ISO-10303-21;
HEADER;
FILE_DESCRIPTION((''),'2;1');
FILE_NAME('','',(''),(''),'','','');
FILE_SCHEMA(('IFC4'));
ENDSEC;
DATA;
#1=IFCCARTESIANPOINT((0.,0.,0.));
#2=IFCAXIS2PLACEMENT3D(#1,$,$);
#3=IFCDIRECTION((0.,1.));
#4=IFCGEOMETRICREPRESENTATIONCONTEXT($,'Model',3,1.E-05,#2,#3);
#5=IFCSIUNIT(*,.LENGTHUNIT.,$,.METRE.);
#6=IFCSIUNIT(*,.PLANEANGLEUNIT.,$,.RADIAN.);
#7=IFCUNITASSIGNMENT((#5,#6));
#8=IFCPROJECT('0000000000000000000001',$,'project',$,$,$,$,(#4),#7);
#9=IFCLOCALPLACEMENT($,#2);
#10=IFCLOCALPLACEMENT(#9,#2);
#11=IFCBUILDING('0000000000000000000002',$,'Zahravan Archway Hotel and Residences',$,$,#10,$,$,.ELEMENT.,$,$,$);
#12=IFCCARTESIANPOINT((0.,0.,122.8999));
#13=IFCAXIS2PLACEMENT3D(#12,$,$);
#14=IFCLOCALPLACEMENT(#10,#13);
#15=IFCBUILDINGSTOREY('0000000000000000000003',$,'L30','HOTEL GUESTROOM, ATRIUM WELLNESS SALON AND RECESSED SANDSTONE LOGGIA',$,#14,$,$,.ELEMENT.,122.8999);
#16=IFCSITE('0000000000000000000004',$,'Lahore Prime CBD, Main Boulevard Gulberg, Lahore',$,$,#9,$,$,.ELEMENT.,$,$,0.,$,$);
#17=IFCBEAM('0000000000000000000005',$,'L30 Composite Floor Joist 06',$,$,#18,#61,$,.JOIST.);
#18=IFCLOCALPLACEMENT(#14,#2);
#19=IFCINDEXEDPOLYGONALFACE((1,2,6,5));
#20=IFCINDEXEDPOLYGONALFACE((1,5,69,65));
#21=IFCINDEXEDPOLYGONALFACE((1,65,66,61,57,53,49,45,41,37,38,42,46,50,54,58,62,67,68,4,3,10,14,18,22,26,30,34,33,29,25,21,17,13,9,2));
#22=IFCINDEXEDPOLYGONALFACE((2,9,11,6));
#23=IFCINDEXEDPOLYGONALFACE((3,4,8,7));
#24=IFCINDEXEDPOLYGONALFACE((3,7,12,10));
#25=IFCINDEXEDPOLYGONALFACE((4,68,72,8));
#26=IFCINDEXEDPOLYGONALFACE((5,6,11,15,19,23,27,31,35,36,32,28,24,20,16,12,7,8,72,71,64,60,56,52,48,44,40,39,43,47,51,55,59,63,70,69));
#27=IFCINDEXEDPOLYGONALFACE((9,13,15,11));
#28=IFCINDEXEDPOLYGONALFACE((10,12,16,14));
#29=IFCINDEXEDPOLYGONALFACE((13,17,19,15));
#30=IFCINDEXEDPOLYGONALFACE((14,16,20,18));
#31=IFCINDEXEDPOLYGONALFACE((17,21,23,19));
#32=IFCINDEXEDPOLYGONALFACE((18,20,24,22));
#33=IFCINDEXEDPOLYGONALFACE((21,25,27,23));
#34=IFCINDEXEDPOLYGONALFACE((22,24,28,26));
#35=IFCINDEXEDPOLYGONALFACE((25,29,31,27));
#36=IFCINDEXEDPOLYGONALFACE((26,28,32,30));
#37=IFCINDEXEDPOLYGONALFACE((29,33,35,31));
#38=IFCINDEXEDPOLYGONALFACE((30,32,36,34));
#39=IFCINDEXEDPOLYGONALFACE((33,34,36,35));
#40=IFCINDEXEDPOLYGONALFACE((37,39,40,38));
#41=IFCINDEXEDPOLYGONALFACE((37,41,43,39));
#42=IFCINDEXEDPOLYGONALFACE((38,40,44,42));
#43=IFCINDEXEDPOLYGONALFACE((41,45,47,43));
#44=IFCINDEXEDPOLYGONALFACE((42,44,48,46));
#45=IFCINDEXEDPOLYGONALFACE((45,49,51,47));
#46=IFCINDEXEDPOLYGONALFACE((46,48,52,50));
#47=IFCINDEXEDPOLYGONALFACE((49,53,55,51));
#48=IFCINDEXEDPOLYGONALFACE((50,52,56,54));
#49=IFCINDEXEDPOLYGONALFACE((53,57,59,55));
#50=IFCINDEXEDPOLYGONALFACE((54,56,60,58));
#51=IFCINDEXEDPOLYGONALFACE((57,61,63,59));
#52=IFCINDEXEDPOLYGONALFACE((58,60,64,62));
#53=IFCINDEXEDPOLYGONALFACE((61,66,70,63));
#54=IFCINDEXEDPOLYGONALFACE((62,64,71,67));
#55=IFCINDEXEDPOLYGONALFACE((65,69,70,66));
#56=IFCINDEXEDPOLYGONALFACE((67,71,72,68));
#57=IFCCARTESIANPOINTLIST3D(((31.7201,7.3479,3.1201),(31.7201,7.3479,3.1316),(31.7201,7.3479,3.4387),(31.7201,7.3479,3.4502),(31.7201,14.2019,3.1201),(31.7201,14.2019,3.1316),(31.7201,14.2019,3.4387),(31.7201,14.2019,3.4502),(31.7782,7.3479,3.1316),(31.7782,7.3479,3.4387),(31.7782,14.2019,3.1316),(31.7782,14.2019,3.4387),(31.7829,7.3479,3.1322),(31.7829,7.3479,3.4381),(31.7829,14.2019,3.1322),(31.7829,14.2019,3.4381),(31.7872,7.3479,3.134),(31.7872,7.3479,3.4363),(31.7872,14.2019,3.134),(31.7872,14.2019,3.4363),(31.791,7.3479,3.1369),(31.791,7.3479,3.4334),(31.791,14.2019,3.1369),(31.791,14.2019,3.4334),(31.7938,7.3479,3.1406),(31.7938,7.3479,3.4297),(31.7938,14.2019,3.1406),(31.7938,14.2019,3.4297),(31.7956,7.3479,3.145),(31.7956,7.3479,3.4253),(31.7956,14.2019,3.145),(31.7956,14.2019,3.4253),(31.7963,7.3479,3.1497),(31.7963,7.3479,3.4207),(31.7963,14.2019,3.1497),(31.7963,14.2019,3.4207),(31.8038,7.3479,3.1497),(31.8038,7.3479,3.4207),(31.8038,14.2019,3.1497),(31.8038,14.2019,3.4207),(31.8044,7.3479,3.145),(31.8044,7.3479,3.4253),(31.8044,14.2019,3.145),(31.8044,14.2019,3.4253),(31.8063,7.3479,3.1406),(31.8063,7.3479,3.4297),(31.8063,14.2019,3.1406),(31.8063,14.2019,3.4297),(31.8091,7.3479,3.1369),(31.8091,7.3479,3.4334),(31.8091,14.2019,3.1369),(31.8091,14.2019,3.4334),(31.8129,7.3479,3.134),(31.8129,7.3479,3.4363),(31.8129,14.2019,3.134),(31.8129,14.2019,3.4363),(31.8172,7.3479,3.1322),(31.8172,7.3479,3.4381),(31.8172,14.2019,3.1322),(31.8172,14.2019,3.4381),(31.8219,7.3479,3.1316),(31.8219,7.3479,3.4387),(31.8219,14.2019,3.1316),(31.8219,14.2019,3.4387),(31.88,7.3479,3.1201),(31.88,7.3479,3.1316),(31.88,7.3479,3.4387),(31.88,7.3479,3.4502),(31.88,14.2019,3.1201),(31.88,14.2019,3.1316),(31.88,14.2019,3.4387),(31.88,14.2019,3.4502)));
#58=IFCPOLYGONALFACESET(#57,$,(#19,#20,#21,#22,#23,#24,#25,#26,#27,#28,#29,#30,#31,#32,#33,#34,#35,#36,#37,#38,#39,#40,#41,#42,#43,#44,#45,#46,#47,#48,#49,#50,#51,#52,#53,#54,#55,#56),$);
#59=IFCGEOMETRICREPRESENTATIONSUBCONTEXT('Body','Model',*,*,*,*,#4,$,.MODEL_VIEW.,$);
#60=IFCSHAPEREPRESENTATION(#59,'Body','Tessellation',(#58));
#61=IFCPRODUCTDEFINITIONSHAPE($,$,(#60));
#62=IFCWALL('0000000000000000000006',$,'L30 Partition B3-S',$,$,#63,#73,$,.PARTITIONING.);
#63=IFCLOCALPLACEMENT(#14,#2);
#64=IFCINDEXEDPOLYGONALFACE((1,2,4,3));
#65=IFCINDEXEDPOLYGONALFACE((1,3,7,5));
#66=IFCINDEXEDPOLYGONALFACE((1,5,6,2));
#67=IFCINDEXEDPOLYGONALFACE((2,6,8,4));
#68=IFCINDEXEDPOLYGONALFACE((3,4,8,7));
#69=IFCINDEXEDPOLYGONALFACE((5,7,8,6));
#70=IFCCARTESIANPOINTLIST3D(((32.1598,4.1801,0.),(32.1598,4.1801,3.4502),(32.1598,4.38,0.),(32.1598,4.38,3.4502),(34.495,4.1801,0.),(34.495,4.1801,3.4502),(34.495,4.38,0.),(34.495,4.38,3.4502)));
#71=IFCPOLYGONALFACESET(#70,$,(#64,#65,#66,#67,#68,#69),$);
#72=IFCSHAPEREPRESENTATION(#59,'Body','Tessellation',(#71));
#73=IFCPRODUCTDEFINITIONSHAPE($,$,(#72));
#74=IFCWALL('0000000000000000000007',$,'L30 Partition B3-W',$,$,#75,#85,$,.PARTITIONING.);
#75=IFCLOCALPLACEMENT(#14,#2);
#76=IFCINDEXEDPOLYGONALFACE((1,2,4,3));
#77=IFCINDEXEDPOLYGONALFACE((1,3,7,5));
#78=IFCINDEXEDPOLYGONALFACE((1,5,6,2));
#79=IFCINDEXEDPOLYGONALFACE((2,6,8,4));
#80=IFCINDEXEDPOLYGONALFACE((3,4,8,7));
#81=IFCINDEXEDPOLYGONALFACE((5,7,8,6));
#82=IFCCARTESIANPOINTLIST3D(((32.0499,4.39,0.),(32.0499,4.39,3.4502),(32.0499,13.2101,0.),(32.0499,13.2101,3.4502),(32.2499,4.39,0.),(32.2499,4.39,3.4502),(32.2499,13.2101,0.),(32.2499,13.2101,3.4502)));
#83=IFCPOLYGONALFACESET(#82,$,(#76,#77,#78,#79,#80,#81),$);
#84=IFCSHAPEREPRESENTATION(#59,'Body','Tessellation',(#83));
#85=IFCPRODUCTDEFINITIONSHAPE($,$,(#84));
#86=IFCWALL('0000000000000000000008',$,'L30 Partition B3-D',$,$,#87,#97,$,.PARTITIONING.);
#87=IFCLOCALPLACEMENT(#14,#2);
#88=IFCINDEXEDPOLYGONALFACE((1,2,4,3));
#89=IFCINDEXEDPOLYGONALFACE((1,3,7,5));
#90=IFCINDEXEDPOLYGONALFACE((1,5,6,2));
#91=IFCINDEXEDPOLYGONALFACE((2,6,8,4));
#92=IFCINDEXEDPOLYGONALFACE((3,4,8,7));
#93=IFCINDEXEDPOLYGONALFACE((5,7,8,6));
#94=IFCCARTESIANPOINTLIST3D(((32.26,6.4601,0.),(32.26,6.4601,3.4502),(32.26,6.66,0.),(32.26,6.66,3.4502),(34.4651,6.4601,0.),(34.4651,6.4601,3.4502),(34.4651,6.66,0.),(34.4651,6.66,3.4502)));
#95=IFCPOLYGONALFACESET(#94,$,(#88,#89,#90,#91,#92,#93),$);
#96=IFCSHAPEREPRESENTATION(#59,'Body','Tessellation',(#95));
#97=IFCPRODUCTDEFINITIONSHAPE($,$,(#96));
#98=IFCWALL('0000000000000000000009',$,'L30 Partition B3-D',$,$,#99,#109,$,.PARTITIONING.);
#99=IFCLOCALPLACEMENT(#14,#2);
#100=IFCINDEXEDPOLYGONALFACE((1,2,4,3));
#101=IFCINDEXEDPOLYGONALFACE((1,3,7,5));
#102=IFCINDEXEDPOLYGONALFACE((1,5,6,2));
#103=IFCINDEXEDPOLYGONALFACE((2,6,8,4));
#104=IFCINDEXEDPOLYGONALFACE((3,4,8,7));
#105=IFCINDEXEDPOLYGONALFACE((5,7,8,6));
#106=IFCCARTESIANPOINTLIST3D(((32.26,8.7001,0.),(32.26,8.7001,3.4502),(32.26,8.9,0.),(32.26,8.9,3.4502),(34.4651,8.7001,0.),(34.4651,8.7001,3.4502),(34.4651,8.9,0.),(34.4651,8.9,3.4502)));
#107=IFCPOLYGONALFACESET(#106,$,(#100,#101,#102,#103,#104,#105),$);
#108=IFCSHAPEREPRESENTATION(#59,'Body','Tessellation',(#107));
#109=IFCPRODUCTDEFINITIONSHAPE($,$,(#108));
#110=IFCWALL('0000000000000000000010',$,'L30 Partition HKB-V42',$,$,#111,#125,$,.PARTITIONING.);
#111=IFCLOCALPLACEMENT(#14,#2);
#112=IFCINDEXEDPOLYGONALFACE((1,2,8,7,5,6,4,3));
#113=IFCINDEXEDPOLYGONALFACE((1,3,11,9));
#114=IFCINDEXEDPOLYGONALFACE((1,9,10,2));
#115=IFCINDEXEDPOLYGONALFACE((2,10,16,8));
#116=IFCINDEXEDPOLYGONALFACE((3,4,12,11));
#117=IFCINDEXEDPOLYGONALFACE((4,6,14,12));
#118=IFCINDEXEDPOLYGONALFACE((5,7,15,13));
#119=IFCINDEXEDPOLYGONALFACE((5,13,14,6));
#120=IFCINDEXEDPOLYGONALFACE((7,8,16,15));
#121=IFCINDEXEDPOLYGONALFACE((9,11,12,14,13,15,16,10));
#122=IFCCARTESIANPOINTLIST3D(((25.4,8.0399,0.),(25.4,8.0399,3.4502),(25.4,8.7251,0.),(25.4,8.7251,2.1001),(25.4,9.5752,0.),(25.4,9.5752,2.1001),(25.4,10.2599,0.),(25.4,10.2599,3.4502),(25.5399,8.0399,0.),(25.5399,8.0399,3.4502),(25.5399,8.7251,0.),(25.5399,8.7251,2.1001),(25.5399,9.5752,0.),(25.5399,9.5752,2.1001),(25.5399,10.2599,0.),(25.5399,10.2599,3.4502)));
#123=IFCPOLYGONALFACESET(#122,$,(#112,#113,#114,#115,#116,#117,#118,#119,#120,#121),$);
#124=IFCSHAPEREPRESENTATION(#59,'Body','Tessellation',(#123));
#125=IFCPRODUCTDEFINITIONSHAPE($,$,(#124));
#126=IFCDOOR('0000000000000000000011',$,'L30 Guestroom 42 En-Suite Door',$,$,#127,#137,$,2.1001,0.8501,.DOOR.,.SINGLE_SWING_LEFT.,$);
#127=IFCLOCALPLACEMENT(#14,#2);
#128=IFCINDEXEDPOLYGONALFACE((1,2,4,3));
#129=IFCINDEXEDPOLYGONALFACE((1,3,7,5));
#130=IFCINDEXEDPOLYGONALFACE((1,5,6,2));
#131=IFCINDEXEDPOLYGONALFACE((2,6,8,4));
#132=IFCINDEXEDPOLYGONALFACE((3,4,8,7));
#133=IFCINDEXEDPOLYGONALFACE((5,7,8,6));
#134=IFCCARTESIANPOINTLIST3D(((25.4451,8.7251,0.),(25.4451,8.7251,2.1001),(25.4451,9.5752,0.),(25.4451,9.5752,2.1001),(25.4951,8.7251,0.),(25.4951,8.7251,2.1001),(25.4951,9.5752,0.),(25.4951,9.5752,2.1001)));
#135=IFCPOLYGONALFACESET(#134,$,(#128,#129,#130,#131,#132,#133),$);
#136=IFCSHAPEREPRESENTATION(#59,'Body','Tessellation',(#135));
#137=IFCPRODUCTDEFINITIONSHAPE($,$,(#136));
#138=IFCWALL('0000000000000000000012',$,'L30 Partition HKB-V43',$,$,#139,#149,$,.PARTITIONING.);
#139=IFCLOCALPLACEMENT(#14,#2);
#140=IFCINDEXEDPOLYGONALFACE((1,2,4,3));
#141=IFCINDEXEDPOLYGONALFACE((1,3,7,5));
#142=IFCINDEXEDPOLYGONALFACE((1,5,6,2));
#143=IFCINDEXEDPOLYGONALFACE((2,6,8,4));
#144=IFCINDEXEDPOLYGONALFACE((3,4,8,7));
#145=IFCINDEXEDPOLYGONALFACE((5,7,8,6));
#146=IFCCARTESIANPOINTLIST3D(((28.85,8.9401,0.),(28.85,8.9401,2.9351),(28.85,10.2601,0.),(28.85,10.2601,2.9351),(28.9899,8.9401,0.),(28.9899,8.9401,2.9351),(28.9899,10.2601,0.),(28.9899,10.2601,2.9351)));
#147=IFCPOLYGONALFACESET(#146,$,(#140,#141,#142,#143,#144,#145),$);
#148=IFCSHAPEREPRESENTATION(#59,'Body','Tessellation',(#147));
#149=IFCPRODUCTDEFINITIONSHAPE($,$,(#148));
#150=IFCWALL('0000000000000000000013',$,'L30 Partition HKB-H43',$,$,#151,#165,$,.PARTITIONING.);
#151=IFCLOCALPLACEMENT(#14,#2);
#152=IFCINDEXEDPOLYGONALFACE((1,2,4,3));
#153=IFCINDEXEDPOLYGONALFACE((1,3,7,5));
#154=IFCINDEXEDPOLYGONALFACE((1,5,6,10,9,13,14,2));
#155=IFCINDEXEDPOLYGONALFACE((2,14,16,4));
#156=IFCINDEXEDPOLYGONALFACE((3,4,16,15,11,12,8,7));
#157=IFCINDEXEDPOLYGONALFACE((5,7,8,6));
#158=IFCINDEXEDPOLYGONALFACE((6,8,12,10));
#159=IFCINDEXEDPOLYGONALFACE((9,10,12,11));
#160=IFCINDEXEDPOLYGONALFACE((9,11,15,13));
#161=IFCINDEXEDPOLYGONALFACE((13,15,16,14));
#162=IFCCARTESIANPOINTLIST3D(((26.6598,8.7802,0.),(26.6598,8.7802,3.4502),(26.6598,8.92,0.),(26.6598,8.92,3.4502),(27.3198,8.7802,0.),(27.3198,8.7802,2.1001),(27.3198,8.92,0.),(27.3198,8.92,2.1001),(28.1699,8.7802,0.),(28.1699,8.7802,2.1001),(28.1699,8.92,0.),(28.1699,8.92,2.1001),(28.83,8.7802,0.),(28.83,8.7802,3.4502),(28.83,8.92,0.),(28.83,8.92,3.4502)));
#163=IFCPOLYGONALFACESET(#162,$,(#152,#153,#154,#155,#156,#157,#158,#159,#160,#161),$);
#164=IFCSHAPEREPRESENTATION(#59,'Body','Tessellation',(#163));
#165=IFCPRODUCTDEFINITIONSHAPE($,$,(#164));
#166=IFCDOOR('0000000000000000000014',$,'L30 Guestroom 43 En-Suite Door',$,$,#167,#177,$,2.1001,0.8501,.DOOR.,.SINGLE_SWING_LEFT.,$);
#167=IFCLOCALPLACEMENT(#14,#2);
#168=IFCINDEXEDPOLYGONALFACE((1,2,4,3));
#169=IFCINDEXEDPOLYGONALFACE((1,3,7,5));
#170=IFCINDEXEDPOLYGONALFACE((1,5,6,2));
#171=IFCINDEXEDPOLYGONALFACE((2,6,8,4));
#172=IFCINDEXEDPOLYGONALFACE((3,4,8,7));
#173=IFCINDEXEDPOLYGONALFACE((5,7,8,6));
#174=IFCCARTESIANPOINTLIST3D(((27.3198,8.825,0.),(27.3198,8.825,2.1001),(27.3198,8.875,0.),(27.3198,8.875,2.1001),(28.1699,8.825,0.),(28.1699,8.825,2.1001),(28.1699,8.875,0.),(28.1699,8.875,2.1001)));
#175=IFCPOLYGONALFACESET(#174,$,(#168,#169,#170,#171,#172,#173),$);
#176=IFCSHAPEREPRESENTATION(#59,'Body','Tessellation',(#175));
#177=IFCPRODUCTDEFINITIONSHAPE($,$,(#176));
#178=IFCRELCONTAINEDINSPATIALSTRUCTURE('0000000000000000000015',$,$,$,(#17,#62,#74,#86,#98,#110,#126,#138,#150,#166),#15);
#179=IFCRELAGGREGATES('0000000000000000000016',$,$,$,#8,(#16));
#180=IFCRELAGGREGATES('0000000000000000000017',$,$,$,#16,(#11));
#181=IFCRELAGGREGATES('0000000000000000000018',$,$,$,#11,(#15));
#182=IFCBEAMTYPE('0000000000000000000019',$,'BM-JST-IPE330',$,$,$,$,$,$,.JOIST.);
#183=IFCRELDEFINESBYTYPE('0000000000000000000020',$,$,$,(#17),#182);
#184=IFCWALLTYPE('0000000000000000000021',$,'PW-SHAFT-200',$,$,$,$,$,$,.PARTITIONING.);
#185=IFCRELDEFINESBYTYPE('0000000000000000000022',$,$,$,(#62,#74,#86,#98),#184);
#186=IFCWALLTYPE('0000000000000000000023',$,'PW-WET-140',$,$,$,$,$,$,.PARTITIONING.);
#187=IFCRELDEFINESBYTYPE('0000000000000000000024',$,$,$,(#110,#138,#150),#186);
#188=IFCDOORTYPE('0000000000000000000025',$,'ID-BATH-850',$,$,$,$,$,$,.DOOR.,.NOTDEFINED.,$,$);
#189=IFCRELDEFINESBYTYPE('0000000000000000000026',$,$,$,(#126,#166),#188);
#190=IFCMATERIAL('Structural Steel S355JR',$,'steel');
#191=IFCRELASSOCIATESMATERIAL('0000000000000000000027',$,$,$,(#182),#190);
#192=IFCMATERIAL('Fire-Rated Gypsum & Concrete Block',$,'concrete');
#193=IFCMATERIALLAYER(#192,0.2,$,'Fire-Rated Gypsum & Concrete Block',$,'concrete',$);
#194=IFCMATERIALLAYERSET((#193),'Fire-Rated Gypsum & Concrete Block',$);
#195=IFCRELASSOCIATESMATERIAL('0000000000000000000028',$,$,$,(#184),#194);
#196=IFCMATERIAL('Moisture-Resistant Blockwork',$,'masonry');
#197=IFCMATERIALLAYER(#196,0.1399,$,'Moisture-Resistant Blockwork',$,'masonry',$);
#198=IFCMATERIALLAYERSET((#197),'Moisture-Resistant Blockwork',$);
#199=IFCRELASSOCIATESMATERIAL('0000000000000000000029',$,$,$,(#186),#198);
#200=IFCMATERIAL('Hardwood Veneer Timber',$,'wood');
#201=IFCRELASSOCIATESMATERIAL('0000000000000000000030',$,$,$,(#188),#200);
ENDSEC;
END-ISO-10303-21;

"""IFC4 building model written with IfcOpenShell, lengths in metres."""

from ifc_helpers import new_model, si_unit, direction, frame, frame_2d, origin, origin_2d, place, context, subcontext, project, spatial, rectangle, i_section, extrude, source, transform, mapped, material, layer, layer_set, material_profile, profile_set, type_object, type_shapes, element, fill, save


model = new_model("IFC4")

# Units and contexts
model_context = context("Model", 3, precision=1e-05, world=origin(), true_north=direction((0.0, 1.0)))
body_context = subcontext(model_context, "Body", "Model", "MODEL_VIEW")
ifc_project = project(units=[si_unit("LENGTHUNIT", "METRE"), si_unit("PLANEANGLEUNIT", "RADIAN")], contexts=[model_context])

# Site, building, storey
site_placement = place(None, origin())
site = spatial("IfcSite", under=ifc_project, at=site_placement, Name="Lahore Prime CBD, Main Boulevard Gulberg, Lahore", CompositionType="ELEMENT", RefElevation=0.0)
building_placement = place(site_placement, origin())
building = spatial("IfcBuilding", under=site, at=building_placement, Name="Zahravan Archway Hotel and Residences", CompositionType="ELEMENT")
storey_placement = place(building_placement, frame((0.0, 0.0, 122.8999)))
storey = spatial("IfcBuildingStorey", under=building, at=storey_placement, Name="L30", Description="HOTEL GUESTROOM, ATRIUM WELLNESS SALON AND RECESSED SANDSTONE LOGGIA", CompositionType="ELEMENT", Elevation=122.8999)

# Beam
ifc_material_1 = material(Name="Structural Steel S355JR", Category="steel")
ifc_material_profile_1 = material_profile(ifc_material_1, i_section(OverallWidth=0.1599, OverallDepth=0.3301, WebThickness=0.0076, FlangeThickness=0.0115, FilletRadius=0.0181, at=origin_2d()), Name="IPE 330", Category="steel")
ifc_profile_set_1 = profile_set([ifc_material_profile_1], Name="Structural Steel S355JR")
beam_type_1 = type_object("IfcBeamType", Name="BM-JST-IPE330", PredefinedType="JOIST", material=ifc_profile_set_1)
shared_shape_1 = source(origin(), body_context, "Body", "SweptSolid", [
    extrude(i_section(OverallWidth=0.1599, OverallDepth=0.3301, WebThickness=0.0076, FlangeThickness=0.0115, FilletRadius=0.0181, at=origin_2d()), origin(), (0.0, 0.0, 1.0), 6.854),
])
beam_1_placement = place(storey_placement, frame((31.8, 7.3479, 3.2852), z_axis=(0.0, 1.0, 0.0), x_axis=(-1.0, 0.0, 0.0)))
element("IfcBeam", 1, at=beam_1_placement, inside=storey, type_object=beam_type_1, Name="L30 Composite Floor Joist 06", PredefinedType="JOIST", context=body_context, shape_type="MappedRepresentation", body=[
    mapped(shared_shape_1, transform((0.0, 0.0, 0.0), scale=1.0)),
])

# Walls
ifc_material_2 = material(Name="Fire-Rated Gypsum & Concrete Block", Category="concrete")
ifc_layer_1 = layer(ifc_material_2, 0.2, Name="Fire-Rated Gypsum & Concrete Block", Category="concrete")
ifc_layer_set_1 = layer_set([ifc_layer_1], Name="Fire-Rated Gypsum & Concrete Block")
wall_type_1 = type_object("IfcWallType", Name="PW-SHAFT-200", PredefinedType="PARTITIONING", material=ifc_layer_set_1)
wall_1_placement = place(storey_placement, frame((32.1599, 4.28, 0.0), z_axis=(0.0, 0.0, 1.0), x_axis=(1.0, 0.0, 0.0)))
element("IfcWall", 2, at=wall_1_placement, inside=storey, type_object=wall_type_1, Name="L30 Partition B3-S", PredefinedType="PARTITIONING", context=body_context, shape_type="SweptSolid", body=[
    extrude(rectangle(XDim=2.3352, YDim=0.2, at=frame_2d((1.1675, 0.0))), origin(), (0.0, 0.0, 1.0), 3.4502),
])
wall_2_placement = place(storey_placement, frame((32.1499, 4.3899, 0.0), z_axis=(0.0, 0.0, 1.0), x_axis=(0.0, 1.0, 0.0)))
element("IfcWall", 3, at=wall_2_placement, inside=storey, type_object=wall_type_1, Name="L30 Partition B3-W", PredefinedType="PARTITIONING", context=body_context, shape_type="SweptSolid", body=[
    extrude(rectangle(XDim=8.8201, YDim=0.2, at=frame_2d((4.4102, 0.0))), origin(), (0.0, 0.0, 1.0), 3.4502),
])
for number, where, z_axis, x_axis, name in (
    (4, (32.26, 6.5601, 0.0), (0.0, 0.0, 1.0), (1.0, 0.0, 0.0), "L30 Partition B3-D"),
    (5, (32.26, 8.8, 0.0), (0.0, 0.0, 1.0), (1.0, 0.0, 0.0), "L30 Partition B3-D"),
):
    element("IfcWall", number, at=place(storey_placement, frame(where, z_axis=z_axis, x_axis=x_axis)), inside=storey, type_object=wall_type_1, Name=name, PredefinedType="PARTITIONING", context=body_context, shape_type="SweptSolid", body=[
        extrude(rectangle(XDim=2.2051, YDim=0.2, at=frame_2d((1.1025, 0.0))), origin(), (0.0, 0.0, 1.0), 3.4502),
    ])

# Wall, opening, door
ifc_material_3 = material(Name="Moisture-Resistant Blockwork", Category="masonry")
ifc_layer_2 = layer(ifc_material_3, 0.1399, Name="Moisture-Resistant Blockwork", Category="masonry")
ifc_layer_set_2 = layer_set([ifc_layer_2], Name="Moisture-Resistant Blockwork")
wall_type_2 = type_object("IfcWallType", Name="PW-WET-140", PredefinedType="PARTITIONING", material=ifc_layer_set_2)
wall_3_placement = place(storey_placement, frame((25.47, 8.04, 0.0), z_axis=(0.0, 0.0, 1.0), x_axis=(0.0, 1.0, 0.0)))
wall_3 = element("IfcWall", 6, at=wall_3_placement, inside=storey, type_object=wall_type_2, Name="L30 Partition HKB-V42", PredefinedType="PARTITIONING", context=body_context, shape_type="SweptSolid", body=[
    extrude(rectangle(XDim=2.22, YDim=0.1399, at=frame_2d((1.1099, 0.0))), origin(), (0.0, 0.0, 1.0), 3.4502),
])
opening_1_placement = place(wall_3_placement, frame((0.6851, 0.0, 0.0)))
opening_1 = element("IfcOpeningElement", 7, at=opening_1_placement, cuts=wall_3, PredefinedType="OPENING", context=body_context, shape_type="SweptSolid", body=[
    extrude(rectangle(XDim=0.8501, YDim=2.1001, at=frame_2d((0.425, 1.05))), frame((0.0, 0.0801, 0.0), z_axis=(0.0, -1.0, 0.0), x_axis=(1.0, 0.0, 0.0)), (0.0, 0.0, 1.0), 0.1599),
])
ifc_material_4 = material(Name="Hardwood Veneer Timber", Category="wood")
door_type = type_object("IfcDoorType", Name="ID-BATH-850", OperationType="NOTDEFINED", PredefinedType="DOOR", material=ifc_material_4)
shared_shape_2 = source(origin(), body_context, "Body", "SweptSolid", [
    extrude(rectangle(XDim=0.8501, YDim=2.1001, at=frame_2d((0.425, 1.05))), frame((0.0, 0.0249, 0.0), z_axis=(0.0, -1.0, 0.0), x_axis=(1.0, 0.0, 0.0)), (0.0, 0.0, 1.0), 0.05),
])
type_shapes(door_type, [shared_shape_2])
door_1_placement = place(opening_1_placement, origin())
door_1 = element("IfcDoor", 8, at=door_1_placement, inside=storey, type_object=door_type, Name="L30 Guestroom 42 En-Suite Door", OperationType="SINGLE_SWING_LEFT", OverallHeight=2.1001, OverallWidth=0.8501, PredefinedType="DOOR", context=body_context, shape_type="MappedRepresentation", body=[
    mapped(shared_shape_2, transform((0.0, 0.0, 0.0), scale=1.0)),
])
fill(opening_1, door_1)

# Wall
wall_4_placement = place(storey_placement, frame((28.9199, 8.9399, 0.0), z_axis=(0.0, 0.0, 1.0), x_axis=(0.0, 1.0, 0.0)))
element("IfcWall", 9, at=wall_4_placement, inside=storey, type_object=wall_type_2, Name="L30 Partition HKB-V43", PredefinedType="PARTITIONING", context=body_context, shape_type="SweptSolid", body=[
    extrude(rectangle(XDim=1.3201, YDim=0.1399, at=frame_2d((0.6602, 0.0))), origin(), (0.0, 0.0, 1.0), 2.9351),
])

# Wall, opening, door
wall_5_placement = place(storey_placement, frame((26.6599, 8.8501, 0.0), z_axis=(0.0, 0.0, 1.0), x_axis=(1.0, 0.0, 0.0)))
wall_5 = element("IfcWall", 10, at=wall_5_placement, inside=storey, type_object=wall_type_2, Name="L30 Partition HKB-H43", PredefinedType="PARTITIONING", context=body_context, shape_type="SweptSolid", body=[
    extrude(rectangle(XDim=2.1702, YDim=0.1399, at=frame_2d((1.085, 0.0))), origin(), (0.0, 0.0, 1.0), 3.4502),
])
opening_2_placement = place(wall_5_placement, frame((0.6599, 0.0, 0.0)))
opening_2 = element("IfcOpeningElement", 11, at=opening_2_placement, cuts=wall_5, PredefinedType="OPENING", context=body_context, shape_type="SweptSolid", body=[
    extrude(rectangle(XDim=0.8501, YDim=2.1001, at=frame_2d((0.425, 1.05))), frame((0.0, 0.0801, 0.0), z_axis=(0.0, -1.0, 0.0), x_axis=(1.0, 0.0, 0.0)), (0.0, 0.0, 1.0), 0.1599),
])
door_2_placement = place(opening_2_placement, origin())
door_2 = element("IfcDoor", 12, at=door_2_placement, inside=storey, type_object=door_type, Name="L30 Guestroom 43 En-Suite Door", OperationType="SINGLE_SWING_LEFT", OverallHeight=2.1001, OverallWidth=0.8501, PredefinedType="DOOR", context=body_context, shape_type="MappedRepresentation", body=[
    mapped(shared_shape_2, transform((0.0, 0.0, 0.0), scale=1.0)),
])
fill(opening_2, door_2)

save(model, "model.ifc")
